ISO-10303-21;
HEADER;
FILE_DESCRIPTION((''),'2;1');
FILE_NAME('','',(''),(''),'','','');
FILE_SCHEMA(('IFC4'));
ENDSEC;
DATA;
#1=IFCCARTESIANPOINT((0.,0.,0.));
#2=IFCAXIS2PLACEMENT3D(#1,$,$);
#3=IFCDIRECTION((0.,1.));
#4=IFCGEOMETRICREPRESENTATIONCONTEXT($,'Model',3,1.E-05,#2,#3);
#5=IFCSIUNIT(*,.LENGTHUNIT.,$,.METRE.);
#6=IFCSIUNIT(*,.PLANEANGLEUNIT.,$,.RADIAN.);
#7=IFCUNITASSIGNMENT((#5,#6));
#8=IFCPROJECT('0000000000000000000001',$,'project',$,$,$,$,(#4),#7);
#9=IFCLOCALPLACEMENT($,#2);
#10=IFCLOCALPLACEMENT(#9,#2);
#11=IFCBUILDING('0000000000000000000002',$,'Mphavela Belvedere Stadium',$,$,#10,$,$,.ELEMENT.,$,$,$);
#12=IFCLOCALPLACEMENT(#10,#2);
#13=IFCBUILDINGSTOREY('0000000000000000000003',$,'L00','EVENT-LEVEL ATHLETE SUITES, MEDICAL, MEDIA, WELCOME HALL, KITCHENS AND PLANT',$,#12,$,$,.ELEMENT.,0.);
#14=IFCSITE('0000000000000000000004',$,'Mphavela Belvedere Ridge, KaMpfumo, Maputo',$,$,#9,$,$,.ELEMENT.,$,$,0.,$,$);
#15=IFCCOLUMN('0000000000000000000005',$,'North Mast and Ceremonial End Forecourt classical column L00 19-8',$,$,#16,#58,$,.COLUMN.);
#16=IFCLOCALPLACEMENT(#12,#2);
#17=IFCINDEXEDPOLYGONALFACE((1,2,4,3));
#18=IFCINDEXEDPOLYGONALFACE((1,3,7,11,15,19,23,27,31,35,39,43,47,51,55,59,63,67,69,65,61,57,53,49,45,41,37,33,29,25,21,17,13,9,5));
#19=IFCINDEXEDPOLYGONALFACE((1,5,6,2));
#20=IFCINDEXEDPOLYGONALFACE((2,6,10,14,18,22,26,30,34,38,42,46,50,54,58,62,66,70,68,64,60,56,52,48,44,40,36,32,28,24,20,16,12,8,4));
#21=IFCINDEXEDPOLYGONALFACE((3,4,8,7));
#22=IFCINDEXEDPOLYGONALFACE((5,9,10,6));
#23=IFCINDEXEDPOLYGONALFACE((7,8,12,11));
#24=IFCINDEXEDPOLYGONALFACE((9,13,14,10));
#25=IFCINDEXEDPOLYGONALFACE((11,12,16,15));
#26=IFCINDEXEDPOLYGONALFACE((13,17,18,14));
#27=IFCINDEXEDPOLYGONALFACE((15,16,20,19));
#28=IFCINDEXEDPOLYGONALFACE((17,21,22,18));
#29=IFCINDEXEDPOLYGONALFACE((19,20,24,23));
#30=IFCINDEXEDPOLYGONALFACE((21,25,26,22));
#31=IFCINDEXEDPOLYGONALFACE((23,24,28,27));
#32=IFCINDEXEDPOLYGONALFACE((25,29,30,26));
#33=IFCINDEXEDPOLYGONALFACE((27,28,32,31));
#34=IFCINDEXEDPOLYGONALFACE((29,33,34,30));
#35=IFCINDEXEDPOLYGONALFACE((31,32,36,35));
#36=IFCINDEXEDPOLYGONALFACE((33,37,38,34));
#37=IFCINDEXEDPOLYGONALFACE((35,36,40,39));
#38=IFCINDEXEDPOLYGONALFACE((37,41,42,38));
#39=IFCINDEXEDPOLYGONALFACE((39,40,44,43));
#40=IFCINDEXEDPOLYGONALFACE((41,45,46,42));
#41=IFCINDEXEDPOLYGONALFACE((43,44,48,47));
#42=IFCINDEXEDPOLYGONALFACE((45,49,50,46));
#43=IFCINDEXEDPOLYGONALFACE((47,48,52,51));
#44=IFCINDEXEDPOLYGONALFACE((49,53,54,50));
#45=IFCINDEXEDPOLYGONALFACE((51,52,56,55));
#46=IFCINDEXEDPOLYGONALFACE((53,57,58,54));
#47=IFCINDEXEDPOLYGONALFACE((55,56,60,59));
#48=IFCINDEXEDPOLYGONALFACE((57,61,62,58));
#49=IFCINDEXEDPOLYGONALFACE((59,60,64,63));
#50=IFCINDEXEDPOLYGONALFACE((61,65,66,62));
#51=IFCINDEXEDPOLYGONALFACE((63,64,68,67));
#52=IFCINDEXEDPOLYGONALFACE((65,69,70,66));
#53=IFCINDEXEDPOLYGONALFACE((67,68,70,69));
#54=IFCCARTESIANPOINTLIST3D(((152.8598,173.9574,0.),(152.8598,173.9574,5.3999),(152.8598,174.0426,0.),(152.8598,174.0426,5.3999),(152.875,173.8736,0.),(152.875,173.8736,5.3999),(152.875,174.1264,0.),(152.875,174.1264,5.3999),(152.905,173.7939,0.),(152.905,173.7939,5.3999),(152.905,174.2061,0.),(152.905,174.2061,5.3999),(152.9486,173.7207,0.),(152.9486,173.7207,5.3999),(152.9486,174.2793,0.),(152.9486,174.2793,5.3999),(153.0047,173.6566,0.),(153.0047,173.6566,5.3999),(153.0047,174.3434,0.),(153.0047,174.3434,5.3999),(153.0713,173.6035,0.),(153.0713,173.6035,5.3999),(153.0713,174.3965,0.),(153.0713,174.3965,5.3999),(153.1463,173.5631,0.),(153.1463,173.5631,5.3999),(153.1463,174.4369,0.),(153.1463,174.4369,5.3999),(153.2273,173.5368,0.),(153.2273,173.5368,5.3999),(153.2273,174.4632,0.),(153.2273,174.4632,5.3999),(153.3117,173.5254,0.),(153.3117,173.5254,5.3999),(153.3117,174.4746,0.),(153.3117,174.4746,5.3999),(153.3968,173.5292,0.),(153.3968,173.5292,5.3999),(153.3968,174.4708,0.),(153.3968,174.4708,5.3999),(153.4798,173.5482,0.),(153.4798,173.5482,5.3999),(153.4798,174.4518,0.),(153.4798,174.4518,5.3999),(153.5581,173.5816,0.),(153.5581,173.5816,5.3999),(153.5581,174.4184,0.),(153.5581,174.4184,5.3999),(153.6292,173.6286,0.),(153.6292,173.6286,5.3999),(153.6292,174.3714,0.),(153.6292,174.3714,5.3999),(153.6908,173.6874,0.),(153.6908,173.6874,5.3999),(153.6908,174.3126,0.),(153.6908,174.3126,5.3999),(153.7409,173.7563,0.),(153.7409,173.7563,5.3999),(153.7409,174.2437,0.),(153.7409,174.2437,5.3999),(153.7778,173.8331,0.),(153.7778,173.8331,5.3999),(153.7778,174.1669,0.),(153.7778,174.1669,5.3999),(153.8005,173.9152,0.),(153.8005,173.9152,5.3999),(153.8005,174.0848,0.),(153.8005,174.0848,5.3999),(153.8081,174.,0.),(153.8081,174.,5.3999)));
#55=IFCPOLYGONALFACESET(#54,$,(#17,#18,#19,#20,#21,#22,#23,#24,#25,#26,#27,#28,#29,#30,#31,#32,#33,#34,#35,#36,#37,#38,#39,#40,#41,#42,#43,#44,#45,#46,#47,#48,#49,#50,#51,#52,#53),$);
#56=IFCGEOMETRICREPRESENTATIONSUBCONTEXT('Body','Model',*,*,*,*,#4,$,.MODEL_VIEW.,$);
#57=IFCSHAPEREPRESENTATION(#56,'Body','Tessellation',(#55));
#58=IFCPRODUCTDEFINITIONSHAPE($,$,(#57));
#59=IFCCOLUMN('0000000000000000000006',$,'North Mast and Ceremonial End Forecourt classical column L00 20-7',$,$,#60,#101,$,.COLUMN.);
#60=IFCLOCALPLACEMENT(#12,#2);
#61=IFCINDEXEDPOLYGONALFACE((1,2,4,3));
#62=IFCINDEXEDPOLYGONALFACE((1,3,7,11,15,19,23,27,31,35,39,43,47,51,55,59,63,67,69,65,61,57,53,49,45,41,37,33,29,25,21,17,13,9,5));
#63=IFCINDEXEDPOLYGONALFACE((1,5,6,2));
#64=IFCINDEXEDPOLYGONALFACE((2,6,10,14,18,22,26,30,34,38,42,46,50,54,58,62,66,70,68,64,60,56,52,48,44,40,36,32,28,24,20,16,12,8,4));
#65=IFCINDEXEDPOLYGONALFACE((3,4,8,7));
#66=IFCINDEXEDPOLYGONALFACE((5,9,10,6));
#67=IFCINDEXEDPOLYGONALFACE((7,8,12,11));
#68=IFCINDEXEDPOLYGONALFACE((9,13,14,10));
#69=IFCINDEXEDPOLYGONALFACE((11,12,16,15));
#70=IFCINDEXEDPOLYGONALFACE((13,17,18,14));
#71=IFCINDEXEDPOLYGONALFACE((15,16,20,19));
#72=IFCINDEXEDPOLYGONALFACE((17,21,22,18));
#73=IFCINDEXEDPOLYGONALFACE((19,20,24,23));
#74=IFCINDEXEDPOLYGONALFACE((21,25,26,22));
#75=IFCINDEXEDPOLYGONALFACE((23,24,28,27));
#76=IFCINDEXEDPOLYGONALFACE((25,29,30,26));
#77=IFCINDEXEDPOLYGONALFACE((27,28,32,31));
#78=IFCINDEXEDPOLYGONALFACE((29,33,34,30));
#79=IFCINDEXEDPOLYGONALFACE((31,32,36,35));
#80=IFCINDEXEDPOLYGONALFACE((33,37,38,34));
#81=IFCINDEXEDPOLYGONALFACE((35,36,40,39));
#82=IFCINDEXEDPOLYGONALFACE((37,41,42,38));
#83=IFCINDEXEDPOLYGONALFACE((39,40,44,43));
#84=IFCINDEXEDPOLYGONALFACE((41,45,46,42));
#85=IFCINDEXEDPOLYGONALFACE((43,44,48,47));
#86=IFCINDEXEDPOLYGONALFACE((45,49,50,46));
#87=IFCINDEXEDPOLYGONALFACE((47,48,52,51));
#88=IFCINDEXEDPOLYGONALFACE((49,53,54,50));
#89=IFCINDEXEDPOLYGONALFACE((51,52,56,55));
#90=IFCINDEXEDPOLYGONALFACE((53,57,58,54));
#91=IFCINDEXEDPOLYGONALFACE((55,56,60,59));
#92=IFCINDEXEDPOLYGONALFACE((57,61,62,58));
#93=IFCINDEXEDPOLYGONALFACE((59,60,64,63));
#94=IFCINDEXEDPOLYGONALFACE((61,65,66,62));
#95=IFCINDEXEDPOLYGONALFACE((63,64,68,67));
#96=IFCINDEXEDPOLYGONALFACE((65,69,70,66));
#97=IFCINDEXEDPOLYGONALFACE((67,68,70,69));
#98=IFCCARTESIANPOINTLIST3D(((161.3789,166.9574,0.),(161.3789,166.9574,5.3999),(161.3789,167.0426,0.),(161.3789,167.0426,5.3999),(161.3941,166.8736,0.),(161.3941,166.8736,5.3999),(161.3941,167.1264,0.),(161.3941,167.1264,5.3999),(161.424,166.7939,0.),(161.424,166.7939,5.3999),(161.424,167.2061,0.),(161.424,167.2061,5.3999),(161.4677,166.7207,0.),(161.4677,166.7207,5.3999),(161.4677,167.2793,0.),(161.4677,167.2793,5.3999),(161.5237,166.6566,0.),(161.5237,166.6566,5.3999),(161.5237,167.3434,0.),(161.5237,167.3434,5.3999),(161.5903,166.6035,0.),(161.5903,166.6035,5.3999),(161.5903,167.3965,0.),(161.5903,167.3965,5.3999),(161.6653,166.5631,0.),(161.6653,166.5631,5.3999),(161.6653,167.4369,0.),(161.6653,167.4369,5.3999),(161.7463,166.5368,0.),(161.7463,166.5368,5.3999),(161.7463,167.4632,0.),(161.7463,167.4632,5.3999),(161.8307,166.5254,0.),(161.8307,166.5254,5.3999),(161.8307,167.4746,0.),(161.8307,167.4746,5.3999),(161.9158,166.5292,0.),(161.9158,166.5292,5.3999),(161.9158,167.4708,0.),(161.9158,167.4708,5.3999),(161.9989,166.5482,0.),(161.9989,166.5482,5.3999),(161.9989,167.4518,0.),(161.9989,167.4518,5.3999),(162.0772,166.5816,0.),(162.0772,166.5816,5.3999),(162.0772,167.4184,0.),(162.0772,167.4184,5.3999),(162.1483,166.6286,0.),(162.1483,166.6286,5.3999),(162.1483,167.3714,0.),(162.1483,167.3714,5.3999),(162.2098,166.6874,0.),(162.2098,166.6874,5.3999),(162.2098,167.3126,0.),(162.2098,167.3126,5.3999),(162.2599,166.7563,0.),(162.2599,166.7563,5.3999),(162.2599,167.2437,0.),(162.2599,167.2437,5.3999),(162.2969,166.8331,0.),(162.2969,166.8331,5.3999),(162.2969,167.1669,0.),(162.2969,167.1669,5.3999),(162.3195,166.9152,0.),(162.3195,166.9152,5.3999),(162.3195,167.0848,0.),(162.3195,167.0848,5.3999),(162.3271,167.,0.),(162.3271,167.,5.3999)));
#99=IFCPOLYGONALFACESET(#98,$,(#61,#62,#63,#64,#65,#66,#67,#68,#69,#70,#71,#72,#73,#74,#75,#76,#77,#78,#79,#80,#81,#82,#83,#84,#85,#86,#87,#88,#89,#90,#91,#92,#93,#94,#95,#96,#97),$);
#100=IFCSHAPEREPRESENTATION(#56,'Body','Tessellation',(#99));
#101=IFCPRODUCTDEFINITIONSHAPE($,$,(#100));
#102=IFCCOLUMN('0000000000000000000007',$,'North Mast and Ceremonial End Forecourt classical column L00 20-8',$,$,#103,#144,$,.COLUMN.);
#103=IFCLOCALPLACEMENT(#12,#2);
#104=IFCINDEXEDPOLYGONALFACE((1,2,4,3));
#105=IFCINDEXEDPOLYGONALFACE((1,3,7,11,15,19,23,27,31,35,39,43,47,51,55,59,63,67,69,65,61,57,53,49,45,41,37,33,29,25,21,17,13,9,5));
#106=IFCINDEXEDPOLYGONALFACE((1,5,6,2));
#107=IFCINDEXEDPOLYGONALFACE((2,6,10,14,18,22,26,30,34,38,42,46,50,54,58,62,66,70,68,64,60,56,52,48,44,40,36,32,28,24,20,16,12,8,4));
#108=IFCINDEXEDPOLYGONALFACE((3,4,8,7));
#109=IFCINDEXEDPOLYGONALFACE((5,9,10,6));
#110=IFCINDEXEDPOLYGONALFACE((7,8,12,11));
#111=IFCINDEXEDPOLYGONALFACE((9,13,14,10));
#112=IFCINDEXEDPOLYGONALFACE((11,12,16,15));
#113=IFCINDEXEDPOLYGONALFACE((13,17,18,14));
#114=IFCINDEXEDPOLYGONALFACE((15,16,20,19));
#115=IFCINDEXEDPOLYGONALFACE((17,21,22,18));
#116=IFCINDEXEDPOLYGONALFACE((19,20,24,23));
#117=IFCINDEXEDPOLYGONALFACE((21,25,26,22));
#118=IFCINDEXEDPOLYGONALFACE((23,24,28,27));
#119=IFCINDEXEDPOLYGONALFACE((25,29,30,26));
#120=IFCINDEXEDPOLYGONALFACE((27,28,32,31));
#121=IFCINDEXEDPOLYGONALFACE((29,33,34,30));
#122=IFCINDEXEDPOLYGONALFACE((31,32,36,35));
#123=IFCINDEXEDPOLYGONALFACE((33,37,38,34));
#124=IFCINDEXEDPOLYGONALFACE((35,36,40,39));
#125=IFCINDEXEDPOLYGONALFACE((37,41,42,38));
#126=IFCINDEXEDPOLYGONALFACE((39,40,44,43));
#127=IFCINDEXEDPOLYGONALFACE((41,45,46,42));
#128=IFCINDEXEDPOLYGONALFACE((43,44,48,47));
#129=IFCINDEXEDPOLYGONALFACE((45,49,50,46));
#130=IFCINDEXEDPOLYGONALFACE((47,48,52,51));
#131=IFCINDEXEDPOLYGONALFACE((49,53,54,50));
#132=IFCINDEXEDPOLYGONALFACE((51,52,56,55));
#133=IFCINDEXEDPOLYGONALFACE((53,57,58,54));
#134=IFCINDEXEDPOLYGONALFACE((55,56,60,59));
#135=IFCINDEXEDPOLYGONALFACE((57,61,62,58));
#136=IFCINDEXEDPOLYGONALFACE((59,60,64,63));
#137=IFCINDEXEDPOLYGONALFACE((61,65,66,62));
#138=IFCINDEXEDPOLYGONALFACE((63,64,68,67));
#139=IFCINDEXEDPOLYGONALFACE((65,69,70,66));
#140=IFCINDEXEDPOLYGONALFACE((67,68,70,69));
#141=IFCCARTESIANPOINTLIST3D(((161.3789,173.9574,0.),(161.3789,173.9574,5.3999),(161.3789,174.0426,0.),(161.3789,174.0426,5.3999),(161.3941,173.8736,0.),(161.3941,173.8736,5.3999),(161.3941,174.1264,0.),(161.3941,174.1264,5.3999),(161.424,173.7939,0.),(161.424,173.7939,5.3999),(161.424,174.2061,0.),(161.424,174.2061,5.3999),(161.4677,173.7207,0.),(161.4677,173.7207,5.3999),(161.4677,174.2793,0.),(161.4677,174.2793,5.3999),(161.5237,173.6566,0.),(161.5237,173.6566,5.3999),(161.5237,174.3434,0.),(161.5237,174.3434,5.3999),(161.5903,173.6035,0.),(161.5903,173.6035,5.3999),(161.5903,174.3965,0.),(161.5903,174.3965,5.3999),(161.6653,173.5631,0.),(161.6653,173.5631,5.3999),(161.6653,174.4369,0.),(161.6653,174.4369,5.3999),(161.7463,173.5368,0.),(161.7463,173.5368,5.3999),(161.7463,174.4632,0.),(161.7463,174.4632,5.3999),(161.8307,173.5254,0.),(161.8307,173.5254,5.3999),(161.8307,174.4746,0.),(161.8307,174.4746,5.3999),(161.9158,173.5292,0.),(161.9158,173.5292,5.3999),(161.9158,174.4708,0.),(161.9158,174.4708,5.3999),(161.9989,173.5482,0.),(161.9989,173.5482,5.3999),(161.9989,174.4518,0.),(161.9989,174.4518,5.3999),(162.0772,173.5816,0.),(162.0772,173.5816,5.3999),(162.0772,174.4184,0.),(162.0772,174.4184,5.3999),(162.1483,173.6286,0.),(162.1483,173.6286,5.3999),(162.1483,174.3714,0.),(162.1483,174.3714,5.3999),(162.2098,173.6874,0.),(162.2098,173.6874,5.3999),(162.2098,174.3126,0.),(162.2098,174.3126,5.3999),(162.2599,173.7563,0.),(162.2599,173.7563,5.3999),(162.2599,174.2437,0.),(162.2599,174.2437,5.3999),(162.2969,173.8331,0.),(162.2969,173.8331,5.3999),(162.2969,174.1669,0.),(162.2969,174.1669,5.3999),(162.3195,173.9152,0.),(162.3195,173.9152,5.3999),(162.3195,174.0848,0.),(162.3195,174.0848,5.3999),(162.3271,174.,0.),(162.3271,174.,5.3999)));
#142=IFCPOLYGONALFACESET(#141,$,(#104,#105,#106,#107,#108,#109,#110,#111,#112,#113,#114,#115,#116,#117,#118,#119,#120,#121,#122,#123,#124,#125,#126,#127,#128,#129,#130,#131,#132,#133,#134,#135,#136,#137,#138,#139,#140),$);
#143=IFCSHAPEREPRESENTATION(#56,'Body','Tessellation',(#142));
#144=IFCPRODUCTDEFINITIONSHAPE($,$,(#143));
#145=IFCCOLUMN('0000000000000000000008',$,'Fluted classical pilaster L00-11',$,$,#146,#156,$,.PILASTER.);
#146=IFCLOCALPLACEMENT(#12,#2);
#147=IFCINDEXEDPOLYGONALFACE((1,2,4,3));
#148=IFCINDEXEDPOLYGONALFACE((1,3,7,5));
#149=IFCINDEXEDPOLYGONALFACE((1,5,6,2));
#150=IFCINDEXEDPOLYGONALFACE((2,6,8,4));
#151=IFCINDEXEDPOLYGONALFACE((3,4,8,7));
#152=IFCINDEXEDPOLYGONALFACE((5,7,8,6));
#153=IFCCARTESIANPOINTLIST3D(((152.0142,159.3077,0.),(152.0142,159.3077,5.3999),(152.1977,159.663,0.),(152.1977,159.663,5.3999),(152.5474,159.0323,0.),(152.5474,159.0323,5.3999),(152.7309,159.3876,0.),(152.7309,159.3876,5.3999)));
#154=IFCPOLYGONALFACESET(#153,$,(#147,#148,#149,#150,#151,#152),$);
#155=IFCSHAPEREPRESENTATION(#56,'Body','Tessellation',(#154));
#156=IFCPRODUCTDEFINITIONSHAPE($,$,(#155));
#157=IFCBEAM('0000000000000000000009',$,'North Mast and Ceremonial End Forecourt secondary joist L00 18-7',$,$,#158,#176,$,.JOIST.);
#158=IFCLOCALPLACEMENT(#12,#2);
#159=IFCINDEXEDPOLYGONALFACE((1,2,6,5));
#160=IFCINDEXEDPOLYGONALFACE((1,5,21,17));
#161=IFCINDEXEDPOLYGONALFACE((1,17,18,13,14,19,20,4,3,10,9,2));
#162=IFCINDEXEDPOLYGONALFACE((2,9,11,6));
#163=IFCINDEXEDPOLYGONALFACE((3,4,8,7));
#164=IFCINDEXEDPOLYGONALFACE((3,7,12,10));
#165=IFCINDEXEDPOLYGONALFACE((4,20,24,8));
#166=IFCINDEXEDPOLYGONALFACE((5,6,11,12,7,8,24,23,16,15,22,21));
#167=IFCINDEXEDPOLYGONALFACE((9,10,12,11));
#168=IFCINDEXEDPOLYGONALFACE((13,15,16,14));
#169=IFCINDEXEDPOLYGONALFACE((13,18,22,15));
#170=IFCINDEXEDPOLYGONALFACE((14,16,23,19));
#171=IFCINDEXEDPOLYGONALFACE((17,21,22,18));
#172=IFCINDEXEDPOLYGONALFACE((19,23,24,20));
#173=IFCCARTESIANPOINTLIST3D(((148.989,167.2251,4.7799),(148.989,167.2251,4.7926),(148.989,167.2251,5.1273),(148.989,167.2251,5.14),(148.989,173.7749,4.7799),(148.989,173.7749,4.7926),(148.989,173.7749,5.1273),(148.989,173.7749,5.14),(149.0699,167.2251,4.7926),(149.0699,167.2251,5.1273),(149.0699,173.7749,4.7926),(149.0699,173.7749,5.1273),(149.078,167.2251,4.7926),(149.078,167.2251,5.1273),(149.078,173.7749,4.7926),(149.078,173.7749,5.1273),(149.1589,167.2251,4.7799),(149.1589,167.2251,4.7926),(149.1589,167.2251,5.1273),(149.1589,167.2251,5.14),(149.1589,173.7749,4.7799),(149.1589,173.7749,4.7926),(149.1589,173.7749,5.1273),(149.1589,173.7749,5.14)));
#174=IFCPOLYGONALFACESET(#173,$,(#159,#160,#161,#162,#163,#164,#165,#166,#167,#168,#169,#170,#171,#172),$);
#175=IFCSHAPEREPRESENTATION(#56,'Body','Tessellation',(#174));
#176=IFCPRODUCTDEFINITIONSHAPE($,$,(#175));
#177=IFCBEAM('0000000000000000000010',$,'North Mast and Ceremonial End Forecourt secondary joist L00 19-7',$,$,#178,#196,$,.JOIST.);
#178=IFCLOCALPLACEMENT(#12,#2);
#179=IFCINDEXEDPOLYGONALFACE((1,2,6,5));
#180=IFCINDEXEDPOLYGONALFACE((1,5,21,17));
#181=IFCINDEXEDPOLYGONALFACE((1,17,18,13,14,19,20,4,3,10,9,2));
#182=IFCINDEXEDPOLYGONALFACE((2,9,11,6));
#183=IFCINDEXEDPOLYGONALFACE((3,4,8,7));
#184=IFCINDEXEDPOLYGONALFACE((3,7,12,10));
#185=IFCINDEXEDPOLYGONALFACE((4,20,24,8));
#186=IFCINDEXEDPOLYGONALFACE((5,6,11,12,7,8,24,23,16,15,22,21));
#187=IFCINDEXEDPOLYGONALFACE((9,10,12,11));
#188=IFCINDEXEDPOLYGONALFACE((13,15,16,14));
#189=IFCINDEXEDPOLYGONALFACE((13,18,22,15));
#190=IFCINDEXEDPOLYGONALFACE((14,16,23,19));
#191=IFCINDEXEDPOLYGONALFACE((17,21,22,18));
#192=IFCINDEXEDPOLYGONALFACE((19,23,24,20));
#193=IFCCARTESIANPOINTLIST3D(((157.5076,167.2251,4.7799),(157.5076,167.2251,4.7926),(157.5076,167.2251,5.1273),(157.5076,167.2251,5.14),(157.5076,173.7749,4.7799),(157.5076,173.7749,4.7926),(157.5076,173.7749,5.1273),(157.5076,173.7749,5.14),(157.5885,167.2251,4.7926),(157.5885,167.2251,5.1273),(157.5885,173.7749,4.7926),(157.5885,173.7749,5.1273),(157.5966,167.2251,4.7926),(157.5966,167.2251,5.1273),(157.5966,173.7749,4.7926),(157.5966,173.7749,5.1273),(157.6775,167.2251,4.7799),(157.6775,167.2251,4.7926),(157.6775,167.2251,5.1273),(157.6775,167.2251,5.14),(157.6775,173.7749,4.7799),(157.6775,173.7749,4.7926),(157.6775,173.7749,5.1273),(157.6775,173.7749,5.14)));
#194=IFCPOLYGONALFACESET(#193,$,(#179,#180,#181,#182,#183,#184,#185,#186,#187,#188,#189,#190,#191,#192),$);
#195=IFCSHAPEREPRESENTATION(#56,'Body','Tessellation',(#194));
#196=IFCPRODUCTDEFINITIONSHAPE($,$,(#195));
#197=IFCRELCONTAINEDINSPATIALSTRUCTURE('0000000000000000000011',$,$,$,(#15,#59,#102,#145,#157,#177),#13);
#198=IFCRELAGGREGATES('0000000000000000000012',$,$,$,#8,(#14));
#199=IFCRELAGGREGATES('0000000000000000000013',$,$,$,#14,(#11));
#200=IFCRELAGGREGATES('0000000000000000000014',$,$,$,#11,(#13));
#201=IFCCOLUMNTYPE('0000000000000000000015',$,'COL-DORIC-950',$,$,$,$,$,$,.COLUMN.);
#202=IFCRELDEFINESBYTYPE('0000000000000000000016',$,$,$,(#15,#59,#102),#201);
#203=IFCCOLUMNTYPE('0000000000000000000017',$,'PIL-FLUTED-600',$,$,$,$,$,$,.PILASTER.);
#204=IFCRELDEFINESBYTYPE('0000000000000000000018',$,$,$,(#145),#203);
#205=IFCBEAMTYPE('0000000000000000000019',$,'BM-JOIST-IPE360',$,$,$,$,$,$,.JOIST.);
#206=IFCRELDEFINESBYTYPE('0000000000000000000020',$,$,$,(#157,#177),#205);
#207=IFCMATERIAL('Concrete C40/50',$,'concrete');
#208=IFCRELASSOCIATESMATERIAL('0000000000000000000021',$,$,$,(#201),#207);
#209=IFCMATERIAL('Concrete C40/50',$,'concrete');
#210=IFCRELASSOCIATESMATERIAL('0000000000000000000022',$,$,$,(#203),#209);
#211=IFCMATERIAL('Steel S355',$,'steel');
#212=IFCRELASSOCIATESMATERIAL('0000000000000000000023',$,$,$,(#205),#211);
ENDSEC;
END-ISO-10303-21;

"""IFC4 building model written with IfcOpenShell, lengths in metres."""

from ifc_helpers import new_model, si_unit, direction, frame, origin, origin_2d, place, context, subcontext, project, spatial, rectangle, circle, i_section, extrude, material, material_profile, profile_set, type_object, element, save


model = new_model("IFC4")

# Units and contexts
model_context = context("Model", 3, precision=1e-05, world=origin(), true_north=direction((0.0, 1.0)))
body_context = subcontext(model_context, "Body", "Model", "MODEL_VIEW")
ifc_project = project(units=[si_unit("LENGTHUNIT", "METRE"), si_unit("PLANEANGLEUNIT", "RADIAN")], contexts=[model_context])

# Site, building, storey
site_placement = place(None, origin())
site = spatial("IfcSite", under=ifc_project, at=site_placement, Name="Mphavela Belvedere Ridge, KaMpfumo, Maputo", CompositionType="ELEMENT", RefElevation=0.0)
building_placement = place(site_placement, origin())
building = spatial("IfcBuilding", under=site, at=building_placement, Name="Mphavela Belvedere Stadium", CompositionType="ELEMENT")
storey_placement = place(building_placement, origin())
storey = spatial("IfcBuildingStorey", under=building, at=storey_placement, Name="L00", Description="EVENT-LEVEL ATHLETE SUITES, MEDICAL, MEDIA, WELCOME HALL, KITCHENS AND PLANT", CompositionType="ELEMENT", Elevation=0.0)

# Columns
ifc_material_1 = material(Name="Concrete C40/50", Category="concrete")
ifc_material_profile_1 = material_profile(ifc_material_1, circle(Radius=0.4751, at=origin_2d()), Name="COL D950")
ifc_profile_set_1 = profile_set([ifc_material_profile_1], Name="Concrete C40/50")
column_type_1 = type_object("IfcColumnType", Name="COL-DORIC-950", PredefinedType="COLUMN", material=ifc_profile_set_1)
for number, where, z_axis, x_axis, name in (
    (1, (153.333, 174.0, 0.0), (0.0, 0.0, 1.0), (1.0, 0.0, 0.0), "North Mast and Ceremonial End Forecourt classical column L00 19-8"),
    (2, (161.8521, 167.0, 0.0), (0.0, 0.0, 1.0), (1.0, 0.0, 0.0), "North Mast and Ceremonial End Forecourt classical column L00 20-7"),
    (3, (161.8521, 174.0, 0.0), (0.0, 0.0, 1.0), (1.0, 0.0, 0.0), "North Mast and Ceremonial End Forecourt classical column L00 20-8"),
):
    element("IfcColumn", number, at=place(storey_placement, frame(where, z_axis=z_axis, x_axis=x_axis)), inside=storey, type_object=column_type_1, Name=name, PredefinedType="COLUMN", context=body_context, shape_type="SweptSolid", body=[
        extrude(circle(Radius=0.4751, at=origin_2d()), origin(), (0.0, 0.0, 1.0), 5.3999),
    ])
ifc_material_2 = material(Name="Concrete C40/50", Category="concrete")
ifc_material_profile_2 = material_profile(ifc_material_2, rectangle(XDim=0.6001, YDim=0.3999, at=origin_2d()), Name="PIL 600x400")
ifc_profile_set_2 = profile_set([ifc_material_profile_2], Name="Concrete C40/50")
column_type_2 = type_object("IfcColumnType", Name="PIL-FLUTED-600", PredefinedType="PILASTER", material=ifc_profile_set_2)
column_1_placement = place(storey_placement, frame((152.3726, 159.3477, 0.0), z_axis=(0.0, 0.0, 1.0), x_axis=(-0.888457, 0.45896, 0.0)))
element("IfcColumn", 4, at=column_1_placement, inside=storey, type_object=column_type_2, Name="Fluted classical pilaster L00-11", PredefinedType="PILASTER", context=body_context, shape_type="SweptSolid", body=[
    extrude(rectangle(XDim=0.6001, YDim=0.3999, at=origin_2d()), origin(), (0.0, 0.0, 1.0), 5.3999),
])

# Beams
ifc_material_3 = material(Name="Steel S355", Category="steel")
ifc_material_profile_3 = material_profile(ifc_material_3, i_section(OverallWidth=0.1699, OverallDepth=0.3601, WebThickness=0.0081, FlangeThickness=0.0127, at=origin_2d()), Name="IPE 360")
ifc_profile_set_3 = profile_set([ifc_material_profile_3], Name="Steel S355")
beam_type_1 = type_object("IfcBeamType", Name="BM-JOIST-IPE360", PredefinedType="JOIST", material=ifc_profile_set_3)
for number, where, z_axis, x_axis, name in (
    (5, (149.074, 167.2251, 4.96), (0.0, 1.0, 0.0), (-1.0, 0.0, 0.0), "North Mast and Ceremonial End Forecourt secondary joist L00 18-7"),
    (6, (157.5925, 167.2251, 4.96), (0.0, 1.0, 0.0), (-1.0, 0.0, 0.0), "North Mast and Ceremonial End Forecourt secondary joist L00 19-7"),
):
    element("IfcBeam", number, at=place(storey_placement, frame(where, z_axis=z_axis, x_axis=x_axis)), inside=storey, type_object=beam_type_1, Name=name, PredefinedType="JOIST", context=body_context, shape_type="SweptSolid", body=[
        extrude(i_section(OverallWidth=0.1699, OverallDepth=0.3601, WebThickness=0.0081, FlangeThickness=0.0127, at=origin_2d()), origin(), (0.0, 0.0, 1.0), 6.5498),
    ])

save(model, "model.ifc")
